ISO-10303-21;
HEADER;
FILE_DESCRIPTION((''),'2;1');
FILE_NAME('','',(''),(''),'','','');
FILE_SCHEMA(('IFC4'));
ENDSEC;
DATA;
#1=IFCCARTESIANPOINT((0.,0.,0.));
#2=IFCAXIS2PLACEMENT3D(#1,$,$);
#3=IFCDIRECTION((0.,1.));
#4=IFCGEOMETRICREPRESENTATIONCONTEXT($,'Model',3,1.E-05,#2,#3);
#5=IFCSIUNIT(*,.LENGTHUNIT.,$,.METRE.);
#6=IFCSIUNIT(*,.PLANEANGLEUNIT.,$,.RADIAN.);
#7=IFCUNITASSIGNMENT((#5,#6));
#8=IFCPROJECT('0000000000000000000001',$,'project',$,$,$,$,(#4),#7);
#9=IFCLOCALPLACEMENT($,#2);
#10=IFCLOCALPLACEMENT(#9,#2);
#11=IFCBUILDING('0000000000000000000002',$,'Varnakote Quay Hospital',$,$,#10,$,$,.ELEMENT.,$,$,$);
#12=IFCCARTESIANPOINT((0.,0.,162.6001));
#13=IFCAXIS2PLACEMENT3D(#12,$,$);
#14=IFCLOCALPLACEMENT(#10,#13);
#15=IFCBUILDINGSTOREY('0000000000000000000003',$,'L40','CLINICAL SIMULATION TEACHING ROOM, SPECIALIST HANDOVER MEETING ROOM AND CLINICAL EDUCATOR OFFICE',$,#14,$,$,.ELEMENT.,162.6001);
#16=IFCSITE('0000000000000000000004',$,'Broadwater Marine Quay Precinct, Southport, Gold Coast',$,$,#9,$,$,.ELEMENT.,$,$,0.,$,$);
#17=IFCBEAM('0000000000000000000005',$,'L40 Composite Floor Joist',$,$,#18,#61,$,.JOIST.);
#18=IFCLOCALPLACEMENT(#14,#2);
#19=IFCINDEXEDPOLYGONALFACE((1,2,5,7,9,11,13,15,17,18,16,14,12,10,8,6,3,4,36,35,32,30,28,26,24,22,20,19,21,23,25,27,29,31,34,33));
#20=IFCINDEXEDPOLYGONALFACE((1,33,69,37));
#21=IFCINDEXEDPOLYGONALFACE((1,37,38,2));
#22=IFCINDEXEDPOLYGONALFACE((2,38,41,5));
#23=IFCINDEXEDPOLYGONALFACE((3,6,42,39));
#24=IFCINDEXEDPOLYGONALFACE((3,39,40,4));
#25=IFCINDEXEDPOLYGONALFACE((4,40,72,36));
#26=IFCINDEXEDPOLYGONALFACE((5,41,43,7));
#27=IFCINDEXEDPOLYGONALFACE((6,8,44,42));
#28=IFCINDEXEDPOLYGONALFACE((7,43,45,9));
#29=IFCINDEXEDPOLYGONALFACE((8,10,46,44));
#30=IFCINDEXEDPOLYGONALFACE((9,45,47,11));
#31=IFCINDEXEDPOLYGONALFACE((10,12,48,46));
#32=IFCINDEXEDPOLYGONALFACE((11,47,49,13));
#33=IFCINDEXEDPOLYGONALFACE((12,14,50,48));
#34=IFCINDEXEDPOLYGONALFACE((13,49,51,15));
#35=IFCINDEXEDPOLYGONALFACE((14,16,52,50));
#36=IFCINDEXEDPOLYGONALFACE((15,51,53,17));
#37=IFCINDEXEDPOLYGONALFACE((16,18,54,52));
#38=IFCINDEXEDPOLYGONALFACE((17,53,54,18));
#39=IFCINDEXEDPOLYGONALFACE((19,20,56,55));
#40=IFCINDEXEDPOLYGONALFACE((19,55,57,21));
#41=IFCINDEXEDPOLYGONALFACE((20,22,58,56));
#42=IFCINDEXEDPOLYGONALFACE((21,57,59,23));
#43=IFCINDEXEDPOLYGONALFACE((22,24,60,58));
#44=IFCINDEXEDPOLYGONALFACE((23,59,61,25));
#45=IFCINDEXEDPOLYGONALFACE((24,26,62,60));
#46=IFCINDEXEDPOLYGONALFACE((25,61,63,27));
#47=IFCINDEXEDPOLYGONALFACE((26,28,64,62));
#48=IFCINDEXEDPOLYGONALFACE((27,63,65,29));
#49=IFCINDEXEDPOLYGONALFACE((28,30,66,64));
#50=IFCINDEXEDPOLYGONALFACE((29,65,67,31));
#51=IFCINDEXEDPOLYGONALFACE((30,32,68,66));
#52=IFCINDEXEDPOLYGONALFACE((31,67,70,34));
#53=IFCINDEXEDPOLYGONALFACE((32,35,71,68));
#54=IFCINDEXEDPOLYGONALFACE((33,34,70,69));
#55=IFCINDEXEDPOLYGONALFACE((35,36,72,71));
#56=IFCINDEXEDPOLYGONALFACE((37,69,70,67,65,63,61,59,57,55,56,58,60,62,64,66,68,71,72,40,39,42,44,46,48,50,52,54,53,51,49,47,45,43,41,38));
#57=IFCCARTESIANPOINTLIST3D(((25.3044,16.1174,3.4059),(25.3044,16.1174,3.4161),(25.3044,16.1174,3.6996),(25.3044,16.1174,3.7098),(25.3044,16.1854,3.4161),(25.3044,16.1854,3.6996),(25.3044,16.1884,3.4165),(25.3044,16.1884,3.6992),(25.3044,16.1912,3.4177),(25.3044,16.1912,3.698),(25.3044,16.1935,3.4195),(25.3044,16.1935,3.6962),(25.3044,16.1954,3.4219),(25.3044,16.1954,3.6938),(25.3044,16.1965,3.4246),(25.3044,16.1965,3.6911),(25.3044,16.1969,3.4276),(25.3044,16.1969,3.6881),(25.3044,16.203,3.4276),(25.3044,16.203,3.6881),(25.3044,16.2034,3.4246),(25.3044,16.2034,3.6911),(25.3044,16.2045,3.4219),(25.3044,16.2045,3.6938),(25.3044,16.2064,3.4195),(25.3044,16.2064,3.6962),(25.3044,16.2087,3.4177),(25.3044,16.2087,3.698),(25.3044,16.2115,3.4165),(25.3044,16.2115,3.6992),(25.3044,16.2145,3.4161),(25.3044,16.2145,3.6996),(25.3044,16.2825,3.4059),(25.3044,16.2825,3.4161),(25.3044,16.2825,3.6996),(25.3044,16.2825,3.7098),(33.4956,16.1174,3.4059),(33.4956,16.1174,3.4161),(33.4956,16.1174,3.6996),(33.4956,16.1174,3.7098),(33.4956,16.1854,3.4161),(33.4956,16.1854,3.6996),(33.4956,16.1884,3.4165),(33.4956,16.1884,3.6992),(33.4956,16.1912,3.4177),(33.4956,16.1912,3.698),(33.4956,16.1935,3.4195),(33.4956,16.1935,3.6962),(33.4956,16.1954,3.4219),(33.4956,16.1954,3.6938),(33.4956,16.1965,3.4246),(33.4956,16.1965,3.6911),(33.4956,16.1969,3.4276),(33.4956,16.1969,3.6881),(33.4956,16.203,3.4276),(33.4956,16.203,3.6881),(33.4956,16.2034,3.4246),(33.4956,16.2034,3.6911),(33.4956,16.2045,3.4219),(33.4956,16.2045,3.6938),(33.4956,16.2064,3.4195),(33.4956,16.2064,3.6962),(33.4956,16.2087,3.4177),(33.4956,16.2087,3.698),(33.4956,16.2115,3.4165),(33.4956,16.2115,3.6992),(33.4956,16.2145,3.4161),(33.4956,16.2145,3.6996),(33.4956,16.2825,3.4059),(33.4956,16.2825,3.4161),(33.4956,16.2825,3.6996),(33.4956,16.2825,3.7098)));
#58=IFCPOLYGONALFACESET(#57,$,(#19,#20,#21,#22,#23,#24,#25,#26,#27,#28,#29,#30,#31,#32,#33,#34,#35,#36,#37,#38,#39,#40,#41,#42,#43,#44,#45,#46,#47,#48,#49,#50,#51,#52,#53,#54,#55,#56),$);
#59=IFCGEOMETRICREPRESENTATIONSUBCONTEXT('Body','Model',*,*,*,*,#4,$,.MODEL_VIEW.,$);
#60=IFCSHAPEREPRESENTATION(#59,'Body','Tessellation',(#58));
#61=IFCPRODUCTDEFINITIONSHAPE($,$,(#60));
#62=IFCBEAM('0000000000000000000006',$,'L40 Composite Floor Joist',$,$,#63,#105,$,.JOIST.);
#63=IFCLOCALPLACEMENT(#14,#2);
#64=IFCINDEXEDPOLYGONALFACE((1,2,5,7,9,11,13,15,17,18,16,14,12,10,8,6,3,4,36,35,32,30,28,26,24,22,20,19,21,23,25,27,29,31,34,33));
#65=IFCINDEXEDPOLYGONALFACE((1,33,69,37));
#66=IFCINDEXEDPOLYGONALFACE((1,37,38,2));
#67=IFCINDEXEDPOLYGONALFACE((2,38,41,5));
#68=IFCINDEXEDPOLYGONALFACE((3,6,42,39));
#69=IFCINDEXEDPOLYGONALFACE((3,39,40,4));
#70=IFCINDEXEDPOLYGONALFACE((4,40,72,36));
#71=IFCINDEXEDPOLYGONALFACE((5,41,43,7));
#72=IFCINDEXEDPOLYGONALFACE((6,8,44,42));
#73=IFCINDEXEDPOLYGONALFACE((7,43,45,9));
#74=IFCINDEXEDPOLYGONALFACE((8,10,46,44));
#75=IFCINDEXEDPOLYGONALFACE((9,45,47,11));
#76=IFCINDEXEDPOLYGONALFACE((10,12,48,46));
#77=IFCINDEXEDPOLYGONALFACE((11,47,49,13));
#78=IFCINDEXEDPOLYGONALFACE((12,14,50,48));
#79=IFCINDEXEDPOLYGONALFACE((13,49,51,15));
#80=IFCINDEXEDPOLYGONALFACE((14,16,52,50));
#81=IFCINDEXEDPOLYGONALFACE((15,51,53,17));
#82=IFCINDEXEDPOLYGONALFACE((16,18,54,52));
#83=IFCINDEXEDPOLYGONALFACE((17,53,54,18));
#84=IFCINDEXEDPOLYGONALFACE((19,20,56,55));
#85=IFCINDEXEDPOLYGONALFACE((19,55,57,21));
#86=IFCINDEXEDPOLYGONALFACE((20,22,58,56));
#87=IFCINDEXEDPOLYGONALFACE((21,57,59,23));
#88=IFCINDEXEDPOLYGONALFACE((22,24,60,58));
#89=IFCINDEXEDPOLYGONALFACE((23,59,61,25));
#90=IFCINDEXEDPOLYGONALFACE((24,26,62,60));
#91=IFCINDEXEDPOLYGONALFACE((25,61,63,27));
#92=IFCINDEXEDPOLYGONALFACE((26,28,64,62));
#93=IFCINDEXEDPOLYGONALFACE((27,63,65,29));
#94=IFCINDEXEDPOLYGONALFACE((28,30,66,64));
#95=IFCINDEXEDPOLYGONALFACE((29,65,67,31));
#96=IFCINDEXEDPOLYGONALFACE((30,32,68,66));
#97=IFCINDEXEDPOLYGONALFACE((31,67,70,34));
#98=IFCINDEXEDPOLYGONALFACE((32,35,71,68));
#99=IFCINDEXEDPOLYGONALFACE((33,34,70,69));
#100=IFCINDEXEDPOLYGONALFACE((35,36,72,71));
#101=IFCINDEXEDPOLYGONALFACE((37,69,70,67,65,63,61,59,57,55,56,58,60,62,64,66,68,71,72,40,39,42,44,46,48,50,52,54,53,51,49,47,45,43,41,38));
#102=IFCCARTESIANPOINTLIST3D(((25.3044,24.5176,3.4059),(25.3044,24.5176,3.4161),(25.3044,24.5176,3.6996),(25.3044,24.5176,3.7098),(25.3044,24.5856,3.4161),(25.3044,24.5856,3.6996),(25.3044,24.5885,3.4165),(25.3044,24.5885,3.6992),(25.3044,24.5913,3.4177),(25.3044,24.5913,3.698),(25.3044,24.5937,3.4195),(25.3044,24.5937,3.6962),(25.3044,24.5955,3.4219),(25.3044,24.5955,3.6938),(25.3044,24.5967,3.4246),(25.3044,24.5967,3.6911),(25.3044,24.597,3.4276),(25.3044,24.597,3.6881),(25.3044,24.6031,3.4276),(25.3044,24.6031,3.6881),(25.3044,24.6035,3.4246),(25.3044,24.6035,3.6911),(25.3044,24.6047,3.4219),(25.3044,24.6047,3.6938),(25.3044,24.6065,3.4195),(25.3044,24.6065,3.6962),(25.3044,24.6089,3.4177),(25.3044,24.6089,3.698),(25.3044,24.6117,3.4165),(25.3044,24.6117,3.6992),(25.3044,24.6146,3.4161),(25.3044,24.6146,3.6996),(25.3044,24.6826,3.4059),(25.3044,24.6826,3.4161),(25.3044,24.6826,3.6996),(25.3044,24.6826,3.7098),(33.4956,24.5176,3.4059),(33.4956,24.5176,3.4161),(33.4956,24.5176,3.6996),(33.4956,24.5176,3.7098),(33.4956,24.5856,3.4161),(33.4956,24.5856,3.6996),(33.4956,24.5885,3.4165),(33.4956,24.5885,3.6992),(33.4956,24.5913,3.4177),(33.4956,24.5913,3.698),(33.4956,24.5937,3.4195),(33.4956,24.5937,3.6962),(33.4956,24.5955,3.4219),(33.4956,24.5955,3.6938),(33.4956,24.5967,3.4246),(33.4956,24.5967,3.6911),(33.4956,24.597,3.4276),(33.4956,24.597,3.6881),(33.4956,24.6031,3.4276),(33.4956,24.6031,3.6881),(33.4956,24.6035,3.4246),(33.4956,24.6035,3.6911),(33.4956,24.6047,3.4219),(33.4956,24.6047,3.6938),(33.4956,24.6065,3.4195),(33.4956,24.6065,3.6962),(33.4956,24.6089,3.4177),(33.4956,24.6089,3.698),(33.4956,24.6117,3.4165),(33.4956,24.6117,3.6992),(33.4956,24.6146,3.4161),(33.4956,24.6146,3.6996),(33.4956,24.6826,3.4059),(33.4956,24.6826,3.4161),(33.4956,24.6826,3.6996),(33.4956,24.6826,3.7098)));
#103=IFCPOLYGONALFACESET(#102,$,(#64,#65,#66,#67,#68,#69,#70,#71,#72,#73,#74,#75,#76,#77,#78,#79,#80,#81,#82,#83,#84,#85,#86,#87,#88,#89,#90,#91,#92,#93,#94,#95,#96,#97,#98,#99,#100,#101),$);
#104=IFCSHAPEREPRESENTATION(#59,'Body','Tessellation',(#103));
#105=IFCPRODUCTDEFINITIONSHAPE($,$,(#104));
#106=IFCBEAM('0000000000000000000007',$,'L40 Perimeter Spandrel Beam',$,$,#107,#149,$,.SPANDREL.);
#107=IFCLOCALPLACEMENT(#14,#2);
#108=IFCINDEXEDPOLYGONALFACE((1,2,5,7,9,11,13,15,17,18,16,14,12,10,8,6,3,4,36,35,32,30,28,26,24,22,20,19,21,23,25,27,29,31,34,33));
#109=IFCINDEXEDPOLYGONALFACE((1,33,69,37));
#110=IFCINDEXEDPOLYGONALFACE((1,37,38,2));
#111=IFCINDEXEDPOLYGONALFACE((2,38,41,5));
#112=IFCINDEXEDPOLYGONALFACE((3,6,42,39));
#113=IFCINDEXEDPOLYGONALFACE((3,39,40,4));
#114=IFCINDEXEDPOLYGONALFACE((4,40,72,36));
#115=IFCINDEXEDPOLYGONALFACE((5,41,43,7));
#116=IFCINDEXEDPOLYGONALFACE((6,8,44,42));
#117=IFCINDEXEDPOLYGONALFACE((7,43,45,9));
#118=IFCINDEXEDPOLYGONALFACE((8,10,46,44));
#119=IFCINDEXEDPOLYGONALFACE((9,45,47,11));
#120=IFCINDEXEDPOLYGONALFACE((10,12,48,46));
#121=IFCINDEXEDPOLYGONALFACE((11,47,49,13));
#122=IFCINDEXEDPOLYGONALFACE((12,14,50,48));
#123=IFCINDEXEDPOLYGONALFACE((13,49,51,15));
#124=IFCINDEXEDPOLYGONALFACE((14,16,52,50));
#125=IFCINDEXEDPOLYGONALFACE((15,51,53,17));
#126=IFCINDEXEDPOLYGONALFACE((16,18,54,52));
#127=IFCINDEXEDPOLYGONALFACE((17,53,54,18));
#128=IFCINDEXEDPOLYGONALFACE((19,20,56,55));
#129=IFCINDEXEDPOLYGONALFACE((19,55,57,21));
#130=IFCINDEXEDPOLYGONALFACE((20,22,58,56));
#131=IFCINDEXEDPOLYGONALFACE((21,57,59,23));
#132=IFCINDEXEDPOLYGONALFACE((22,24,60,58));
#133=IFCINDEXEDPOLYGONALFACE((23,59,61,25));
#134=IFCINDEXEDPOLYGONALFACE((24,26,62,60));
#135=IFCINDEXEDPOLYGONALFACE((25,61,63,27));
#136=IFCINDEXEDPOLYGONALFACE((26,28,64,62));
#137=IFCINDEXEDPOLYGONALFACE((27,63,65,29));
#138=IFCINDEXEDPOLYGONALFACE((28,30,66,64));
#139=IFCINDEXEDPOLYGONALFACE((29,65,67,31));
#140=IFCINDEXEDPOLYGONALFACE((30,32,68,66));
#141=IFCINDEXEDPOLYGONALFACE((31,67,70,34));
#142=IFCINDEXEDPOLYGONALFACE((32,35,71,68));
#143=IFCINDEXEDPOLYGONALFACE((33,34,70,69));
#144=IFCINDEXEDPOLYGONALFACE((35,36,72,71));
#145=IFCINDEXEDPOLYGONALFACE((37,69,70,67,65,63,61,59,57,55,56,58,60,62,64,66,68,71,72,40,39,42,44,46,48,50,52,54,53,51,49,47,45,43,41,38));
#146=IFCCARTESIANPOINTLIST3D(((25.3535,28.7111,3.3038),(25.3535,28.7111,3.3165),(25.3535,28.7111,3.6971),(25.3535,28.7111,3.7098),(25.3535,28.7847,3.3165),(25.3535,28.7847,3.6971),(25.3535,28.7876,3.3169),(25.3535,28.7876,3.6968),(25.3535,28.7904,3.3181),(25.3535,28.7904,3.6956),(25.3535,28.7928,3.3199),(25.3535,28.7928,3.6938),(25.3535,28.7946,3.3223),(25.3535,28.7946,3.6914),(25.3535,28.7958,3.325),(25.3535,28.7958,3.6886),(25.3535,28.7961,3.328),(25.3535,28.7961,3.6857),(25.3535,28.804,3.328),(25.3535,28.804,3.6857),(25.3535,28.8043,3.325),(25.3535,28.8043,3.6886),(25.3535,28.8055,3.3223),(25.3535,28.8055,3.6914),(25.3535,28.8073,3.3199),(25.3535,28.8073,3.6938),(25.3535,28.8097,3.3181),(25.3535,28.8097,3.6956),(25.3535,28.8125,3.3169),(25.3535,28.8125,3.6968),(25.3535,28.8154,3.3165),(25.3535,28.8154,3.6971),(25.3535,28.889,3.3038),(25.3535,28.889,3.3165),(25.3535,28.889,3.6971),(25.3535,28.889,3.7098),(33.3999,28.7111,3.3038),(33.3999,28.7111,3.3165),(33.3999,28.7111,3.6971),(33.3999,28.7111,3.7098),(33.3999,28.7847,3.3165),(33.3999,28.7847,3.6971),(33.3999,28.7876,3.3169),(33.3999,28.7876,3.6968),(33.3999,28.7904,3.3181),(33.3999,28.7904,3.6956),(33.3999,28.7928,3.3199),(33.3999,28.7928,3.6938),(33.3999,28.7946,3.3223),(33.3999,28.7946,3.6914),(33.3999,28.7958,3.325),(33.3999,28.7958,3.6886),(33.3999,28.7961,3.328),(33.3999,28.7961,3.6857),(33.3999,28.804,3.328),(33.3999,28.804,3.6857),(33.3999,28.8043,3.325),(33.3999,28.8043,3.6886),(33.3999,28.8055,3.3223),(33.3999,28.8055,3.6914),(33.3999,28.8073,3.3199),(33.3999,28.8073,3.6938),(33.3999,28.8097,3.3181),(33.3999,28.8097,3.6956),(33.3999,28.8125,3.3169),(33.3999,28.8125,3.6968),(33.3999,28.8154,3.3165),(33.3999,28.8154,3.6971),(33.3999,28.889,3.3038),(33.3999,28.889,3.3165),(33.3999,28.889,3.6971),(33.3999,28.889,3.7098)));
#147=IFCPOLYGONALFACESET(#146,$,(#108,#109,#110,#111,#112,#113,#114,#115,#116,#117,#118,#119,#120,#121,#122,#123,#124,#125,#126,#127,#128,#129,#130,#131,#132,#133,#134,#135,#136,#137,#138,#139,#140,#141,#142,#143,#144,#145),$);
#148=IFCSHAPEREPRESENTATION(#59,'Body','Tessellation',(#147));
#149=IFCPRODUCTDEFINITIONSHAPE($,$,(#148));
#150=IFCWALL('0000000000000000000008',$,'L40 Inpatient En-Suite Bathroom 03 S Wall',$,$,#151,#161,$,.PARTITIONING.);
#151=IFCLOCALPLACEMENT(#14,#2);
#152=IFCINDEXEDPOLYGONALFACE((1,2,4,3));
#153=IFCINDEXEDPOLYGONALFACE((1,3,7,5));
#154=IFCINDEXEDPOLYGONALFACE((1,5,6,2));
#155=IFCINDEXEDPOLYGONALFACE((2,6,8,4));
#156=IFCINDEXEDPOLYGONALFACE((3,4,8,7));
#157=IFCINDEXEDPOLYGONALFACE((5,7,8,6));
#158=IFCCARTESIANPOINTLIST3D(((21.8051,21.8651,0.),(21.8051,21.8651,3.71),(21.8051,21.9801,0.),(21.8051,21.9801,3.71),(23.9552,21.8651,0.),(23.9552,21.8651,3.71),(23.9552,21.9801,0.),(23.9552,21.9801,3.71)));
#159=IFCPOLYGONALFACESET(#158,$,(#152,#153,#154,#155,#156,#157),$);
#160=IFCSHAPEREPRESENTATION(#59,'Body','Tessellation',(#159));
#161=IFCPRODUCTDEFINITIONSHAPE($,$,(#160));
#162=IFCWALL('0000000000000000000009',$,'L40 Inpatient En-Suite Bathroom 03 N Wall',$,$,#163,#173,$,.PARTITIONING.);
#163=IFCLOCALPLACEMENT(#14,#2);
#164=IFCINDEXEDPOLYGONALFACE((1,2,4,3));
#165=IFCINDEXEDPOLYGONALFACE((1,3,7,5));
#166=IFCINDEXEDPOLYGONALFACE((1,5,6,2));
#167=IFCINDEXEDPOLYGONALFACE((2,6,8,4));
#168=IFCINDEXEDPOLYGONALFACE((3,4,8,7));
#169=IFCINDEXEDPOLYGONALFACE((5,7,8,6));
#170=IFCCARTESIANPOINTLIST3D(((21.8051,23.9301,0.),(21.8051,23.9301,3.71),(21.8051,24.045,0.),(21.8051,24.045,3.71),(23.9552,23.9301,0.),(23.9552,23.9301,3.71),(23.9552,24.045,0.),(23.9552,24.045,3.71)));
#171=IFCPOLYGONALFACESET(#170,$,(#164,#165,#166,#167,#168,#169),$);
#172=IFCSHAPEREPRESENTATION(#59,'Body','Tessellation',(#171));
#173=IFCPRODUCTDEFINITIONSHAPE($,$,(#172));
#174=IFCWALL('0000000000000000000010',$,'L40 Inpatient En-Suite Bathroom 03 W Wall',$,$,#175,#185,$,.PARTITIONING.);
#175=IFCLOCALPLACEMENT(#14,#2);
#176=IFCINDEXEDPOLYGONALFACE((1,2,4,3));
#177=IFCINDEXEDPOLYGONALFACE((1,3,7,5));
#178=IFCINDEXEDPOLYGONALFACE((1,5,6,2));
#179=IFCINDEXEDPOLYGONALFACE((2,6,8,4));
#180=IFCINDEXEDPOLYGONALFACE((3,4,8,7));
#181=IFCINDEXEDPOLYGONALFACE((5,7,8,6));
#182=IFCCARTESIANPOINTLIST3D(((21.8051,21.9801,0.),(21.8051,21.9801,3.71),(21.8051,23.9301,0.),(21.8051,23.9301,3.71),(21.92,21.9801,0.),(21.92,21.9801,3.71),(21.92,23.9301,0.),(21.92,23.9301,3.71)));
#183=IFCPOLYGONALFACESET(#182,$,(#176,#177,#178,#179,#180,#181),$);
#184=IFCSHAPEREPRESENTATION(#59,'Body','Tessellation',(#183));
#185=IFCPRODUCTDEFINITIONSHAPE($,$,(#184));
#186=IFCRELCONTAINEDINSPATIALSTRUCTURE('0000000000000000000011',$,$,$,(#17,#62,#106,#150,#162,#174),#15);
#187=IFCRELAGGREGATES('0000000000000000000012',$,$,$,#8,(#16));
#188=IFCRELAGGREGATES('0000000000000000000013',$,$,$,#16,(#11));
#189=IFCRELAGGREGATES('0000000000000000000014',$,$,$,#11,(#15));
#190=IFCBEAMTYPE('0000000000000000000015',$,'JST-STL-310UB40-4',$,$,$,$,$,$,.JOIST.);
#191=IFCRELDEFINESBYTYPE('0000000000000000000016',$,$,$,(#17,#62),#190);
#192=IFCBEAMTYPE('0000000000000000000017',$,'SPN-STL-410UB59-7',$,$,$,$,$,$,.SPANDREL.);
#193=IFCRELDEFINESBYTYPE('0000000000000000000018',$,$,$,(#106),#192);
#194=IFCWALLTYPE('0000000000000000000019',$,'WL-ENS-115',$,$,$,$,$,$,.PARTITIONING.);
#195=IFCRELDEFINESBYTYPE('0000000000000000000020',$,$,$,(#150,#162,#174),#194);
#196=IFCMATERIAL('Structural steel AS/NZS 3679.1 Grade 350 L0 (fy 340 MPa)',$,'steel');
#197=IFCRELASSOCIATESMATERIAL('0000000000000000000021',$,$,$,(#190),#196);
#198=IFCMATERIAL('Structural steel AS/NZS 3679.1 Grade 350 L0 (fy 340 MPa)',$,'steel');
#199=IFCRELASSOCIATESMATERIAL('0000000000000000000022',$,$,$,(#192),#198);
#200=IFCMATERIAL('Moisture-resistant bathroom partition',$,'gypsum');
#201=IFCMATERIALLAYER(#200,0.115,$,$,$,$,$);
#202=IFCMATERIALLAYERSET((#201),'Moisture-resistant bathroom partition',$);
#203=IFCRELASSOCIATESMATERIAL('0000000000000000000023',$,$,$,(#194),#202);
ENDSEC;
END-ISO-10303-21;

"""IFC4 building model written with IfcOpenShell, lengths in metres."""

from ifc_helpers import new_model, si_unit, direction, frame, frame_2d, origin, origin_2d, place, context, subcontext, project, spatial, rectangle, i_section, extrude, material, layer, layer_set, material_profile, profile_set, type_object, element, save


model = new_model("IFC4")

# Units and contexts
model_context = context("Model", 3, precision=1e-05, world=origin(), true_north=direction((0.0, 1.0)))
body_context = subcontext(model_context, "Body", "Model", "MODEL_VIEW")
ifc_project = project(units=[si_unit("LENGTHUNIT", "METRE"), si_unit("PLANEANGLEUNIT", "RADIAN")], contexts=[model_context])

# Site, building, storey
site_placement = place(None, origin())
site = spatial("IfcSite", under=ifc_project, at=site_placement, Name="Broadwater Marine Quay Precinct, Southport, Gold Coast", CompositionType="ELEMENT", RefElevation=0.0)
building_placement = place(site_placement, origin())
building = spatial("IfcBuilding", under=site, at=building_placement, Name="Varnakote Quay Hospital", CompositionType="ELEMENT")
storey_placement = place(building_placement, frame((0.0, 0.0, 162.6001)))
storey = spatial("IfcBuildingStorey", under=building, at=storey_placement, Name="L40", Description="CLINICAL SIMULATION TEACHING ROOM, SPECIALIST HANDOVER MEETING ROOM AND CLINICAL EDUCATOR OFFICE", CompositionType="ELEMENT", Elevation=162.6001)

# Beams
ifc_material_1 = material(Name="Structural steel AS/NZS 3679.1 Grade 350 L0 (fy 340 MPa)", Category="steel")
ifc_material_profile_1 = material_profile(ifc_material_1, i_section(OverallWidth=0.165, OverallDepth=0.304, WebThickness=0.0061, FlangeThickness=0.0103, FilletRadius=0.0115, at=origin_2d()), Name="310UB40.4")
ifc_profile_set_1 = profile_set([ifc_material_profile_1], Name="Structural steel AS/NZS 3679.1 Grade 350 L0 (fy 340 MPa)")
beam_type_1 = type_object("IfcBeamType", Name="JST-STL-310UB40-4", PredefinedType="JOIST", material=ifc_profile_set_1)
for number, where, z_axis, x_axis, name in (
    (1, (25.3044, 16.2, 3.5579), (1.0, 0.0, 0.0), (0.0, 1.0, 0.0), "L40 Composite Floor Joist"),
    (2, (25.3044, 24.6001, 3.5579), (1.0, 0.0, 0.0), (0.0, 1.0, 0.0), "L40 Composite Floor Joist"),
):
    element("IfcBeam", number, at=place(storey_placement, frame(where, z_axis=z_axis, x_axis=x_axis)), inside=storey, type_object=beam_type_1, Name=name, PredefinedType="JOIST", context=body_context, shape_type="SweptSolid", body=[
        extrude(i_section(OverallWidth=0.165, OverallDepth=0.304, WebThickness=0.0061, FlangeThickness=0.0103, FilletRadius=0.0115, at=origin_2d()), origin(), (0.0, 0.0, 1.0), 8.1912),
    ])
ifc_material_2 = material(Name="Structural steel AS/NZS 3679.1 Grade 350 L0 (fy 340 MPa)", Category="steel")
ifc_material_profile_2 = material_profile(ifc_material_2, i_section(OverallWidth=0.178, OverallDepth=0.406, WebThickness=0.0078, FlangeThickness=0.0127, FilletRadius=0.0115, at=origin_2d()), Name="410UB59.7")
ifc_profile_set_2 = profile_set([ifc_material_profile_2], Name="Structural steel AS/NZS 3679.1 Grade 350 L0 (fy 340 MPa)")
beam_type_2 = type_object("IfcBeamType", Name="SPN-STL-410UB59-7", PredefinedType="SPANDREL", material=ifc_profile_set_2)
beam_1_placement = place(storey_placement, frame((25.3535, 28.8, 3.5068), z_axis=(1.0, 0.0, 0.0), x_axis=(0.0, 1.0, 0.0)))
element("IfcBeam", 3, at=beam_1_placement, inside=storey, type_object=beam_type_2, Name="L40 Perimeter Spandrel Beam", PredefinedType="SPANDREL", context=body_context, shape_type="SweptSolid", body=[
    extrude(i_section(OverallWidth=0.178, OverallDepth=0.406, WebThickness=0.0078, FlangeThickness=0.0127, FilletRadius=0.0115, at=origin_2d()), origin(), (0.0, 0.0, 1.0), 8.0464),
])

# Walls
ifc_material_3 = material(Name="Moisture-resistant bathroom partition", Category="gypsum")
ifc_layer_1 = layer(ifc_material_3, 0.115)
ifc_layer_set_1 = layer_set([ifc_layer_1], Name="Moisture-resistant bathroom partition")
wall_type_1 = type_object("IfcWallType", Name="WL-ENS-115", PredefinedType="PARTITIONING", material=ifc_layer_set_1)
for number, where, z_axis, x_axis, name in (
    (4, (21.8049, 21.9226, 0.0), (0.0, 0.0, 1.0), (1.0, 0.0, 0.0), "L40 Inpatient En-Suite Bathroom 03 S Wall"),
    (5, (21.8049, 23.9875, 0.0), (0.0, 0.0, 1.0), (1.0, 0.0, 0.0), "L40 Inpatient En-Suite Bathroom 03 N Wall"),
):
    element("IfcWall", number, at=place(storey_placement, frame(where, z_axis=z_axis, x_axis=x_axis)), inside=storey, type_object=wall_type_1, Name=name, PredefinedType="PARTITIONING", context=body_context, shape_type="SweptSolid", body=[
        extrude(rectangle(XDim=2.1501, YDim=0.115, at=frame_2d((1.0752, 0.0))), origin(), (0.0, 0.0, 1.0), 3.71),
    ])
wall_1_placement = place(storey_placement, frame((21.8625, 21.98, 0.0), z_axis=(0.0, 0.0, 1.0), x_axis=(0.0, 1.0, 0.0)))
element("IfcWall", 6, at=wall_1_placement, inside=storey, type_object=wall_type_1, Name="L40 Inpatient En-Suite Bathroom 03 W Wall", PredefinedType="PARTITIONING", context=body_context, shape_type="SweptSolid", body=[
    extrude(rectangle(XDim=1.95, YDim=0.115, at=frame_2d((0.9751, 0.0))), origin(), (0.0, 0.0, 1.0), 3.71),
])

save(model, "model.ifc")
